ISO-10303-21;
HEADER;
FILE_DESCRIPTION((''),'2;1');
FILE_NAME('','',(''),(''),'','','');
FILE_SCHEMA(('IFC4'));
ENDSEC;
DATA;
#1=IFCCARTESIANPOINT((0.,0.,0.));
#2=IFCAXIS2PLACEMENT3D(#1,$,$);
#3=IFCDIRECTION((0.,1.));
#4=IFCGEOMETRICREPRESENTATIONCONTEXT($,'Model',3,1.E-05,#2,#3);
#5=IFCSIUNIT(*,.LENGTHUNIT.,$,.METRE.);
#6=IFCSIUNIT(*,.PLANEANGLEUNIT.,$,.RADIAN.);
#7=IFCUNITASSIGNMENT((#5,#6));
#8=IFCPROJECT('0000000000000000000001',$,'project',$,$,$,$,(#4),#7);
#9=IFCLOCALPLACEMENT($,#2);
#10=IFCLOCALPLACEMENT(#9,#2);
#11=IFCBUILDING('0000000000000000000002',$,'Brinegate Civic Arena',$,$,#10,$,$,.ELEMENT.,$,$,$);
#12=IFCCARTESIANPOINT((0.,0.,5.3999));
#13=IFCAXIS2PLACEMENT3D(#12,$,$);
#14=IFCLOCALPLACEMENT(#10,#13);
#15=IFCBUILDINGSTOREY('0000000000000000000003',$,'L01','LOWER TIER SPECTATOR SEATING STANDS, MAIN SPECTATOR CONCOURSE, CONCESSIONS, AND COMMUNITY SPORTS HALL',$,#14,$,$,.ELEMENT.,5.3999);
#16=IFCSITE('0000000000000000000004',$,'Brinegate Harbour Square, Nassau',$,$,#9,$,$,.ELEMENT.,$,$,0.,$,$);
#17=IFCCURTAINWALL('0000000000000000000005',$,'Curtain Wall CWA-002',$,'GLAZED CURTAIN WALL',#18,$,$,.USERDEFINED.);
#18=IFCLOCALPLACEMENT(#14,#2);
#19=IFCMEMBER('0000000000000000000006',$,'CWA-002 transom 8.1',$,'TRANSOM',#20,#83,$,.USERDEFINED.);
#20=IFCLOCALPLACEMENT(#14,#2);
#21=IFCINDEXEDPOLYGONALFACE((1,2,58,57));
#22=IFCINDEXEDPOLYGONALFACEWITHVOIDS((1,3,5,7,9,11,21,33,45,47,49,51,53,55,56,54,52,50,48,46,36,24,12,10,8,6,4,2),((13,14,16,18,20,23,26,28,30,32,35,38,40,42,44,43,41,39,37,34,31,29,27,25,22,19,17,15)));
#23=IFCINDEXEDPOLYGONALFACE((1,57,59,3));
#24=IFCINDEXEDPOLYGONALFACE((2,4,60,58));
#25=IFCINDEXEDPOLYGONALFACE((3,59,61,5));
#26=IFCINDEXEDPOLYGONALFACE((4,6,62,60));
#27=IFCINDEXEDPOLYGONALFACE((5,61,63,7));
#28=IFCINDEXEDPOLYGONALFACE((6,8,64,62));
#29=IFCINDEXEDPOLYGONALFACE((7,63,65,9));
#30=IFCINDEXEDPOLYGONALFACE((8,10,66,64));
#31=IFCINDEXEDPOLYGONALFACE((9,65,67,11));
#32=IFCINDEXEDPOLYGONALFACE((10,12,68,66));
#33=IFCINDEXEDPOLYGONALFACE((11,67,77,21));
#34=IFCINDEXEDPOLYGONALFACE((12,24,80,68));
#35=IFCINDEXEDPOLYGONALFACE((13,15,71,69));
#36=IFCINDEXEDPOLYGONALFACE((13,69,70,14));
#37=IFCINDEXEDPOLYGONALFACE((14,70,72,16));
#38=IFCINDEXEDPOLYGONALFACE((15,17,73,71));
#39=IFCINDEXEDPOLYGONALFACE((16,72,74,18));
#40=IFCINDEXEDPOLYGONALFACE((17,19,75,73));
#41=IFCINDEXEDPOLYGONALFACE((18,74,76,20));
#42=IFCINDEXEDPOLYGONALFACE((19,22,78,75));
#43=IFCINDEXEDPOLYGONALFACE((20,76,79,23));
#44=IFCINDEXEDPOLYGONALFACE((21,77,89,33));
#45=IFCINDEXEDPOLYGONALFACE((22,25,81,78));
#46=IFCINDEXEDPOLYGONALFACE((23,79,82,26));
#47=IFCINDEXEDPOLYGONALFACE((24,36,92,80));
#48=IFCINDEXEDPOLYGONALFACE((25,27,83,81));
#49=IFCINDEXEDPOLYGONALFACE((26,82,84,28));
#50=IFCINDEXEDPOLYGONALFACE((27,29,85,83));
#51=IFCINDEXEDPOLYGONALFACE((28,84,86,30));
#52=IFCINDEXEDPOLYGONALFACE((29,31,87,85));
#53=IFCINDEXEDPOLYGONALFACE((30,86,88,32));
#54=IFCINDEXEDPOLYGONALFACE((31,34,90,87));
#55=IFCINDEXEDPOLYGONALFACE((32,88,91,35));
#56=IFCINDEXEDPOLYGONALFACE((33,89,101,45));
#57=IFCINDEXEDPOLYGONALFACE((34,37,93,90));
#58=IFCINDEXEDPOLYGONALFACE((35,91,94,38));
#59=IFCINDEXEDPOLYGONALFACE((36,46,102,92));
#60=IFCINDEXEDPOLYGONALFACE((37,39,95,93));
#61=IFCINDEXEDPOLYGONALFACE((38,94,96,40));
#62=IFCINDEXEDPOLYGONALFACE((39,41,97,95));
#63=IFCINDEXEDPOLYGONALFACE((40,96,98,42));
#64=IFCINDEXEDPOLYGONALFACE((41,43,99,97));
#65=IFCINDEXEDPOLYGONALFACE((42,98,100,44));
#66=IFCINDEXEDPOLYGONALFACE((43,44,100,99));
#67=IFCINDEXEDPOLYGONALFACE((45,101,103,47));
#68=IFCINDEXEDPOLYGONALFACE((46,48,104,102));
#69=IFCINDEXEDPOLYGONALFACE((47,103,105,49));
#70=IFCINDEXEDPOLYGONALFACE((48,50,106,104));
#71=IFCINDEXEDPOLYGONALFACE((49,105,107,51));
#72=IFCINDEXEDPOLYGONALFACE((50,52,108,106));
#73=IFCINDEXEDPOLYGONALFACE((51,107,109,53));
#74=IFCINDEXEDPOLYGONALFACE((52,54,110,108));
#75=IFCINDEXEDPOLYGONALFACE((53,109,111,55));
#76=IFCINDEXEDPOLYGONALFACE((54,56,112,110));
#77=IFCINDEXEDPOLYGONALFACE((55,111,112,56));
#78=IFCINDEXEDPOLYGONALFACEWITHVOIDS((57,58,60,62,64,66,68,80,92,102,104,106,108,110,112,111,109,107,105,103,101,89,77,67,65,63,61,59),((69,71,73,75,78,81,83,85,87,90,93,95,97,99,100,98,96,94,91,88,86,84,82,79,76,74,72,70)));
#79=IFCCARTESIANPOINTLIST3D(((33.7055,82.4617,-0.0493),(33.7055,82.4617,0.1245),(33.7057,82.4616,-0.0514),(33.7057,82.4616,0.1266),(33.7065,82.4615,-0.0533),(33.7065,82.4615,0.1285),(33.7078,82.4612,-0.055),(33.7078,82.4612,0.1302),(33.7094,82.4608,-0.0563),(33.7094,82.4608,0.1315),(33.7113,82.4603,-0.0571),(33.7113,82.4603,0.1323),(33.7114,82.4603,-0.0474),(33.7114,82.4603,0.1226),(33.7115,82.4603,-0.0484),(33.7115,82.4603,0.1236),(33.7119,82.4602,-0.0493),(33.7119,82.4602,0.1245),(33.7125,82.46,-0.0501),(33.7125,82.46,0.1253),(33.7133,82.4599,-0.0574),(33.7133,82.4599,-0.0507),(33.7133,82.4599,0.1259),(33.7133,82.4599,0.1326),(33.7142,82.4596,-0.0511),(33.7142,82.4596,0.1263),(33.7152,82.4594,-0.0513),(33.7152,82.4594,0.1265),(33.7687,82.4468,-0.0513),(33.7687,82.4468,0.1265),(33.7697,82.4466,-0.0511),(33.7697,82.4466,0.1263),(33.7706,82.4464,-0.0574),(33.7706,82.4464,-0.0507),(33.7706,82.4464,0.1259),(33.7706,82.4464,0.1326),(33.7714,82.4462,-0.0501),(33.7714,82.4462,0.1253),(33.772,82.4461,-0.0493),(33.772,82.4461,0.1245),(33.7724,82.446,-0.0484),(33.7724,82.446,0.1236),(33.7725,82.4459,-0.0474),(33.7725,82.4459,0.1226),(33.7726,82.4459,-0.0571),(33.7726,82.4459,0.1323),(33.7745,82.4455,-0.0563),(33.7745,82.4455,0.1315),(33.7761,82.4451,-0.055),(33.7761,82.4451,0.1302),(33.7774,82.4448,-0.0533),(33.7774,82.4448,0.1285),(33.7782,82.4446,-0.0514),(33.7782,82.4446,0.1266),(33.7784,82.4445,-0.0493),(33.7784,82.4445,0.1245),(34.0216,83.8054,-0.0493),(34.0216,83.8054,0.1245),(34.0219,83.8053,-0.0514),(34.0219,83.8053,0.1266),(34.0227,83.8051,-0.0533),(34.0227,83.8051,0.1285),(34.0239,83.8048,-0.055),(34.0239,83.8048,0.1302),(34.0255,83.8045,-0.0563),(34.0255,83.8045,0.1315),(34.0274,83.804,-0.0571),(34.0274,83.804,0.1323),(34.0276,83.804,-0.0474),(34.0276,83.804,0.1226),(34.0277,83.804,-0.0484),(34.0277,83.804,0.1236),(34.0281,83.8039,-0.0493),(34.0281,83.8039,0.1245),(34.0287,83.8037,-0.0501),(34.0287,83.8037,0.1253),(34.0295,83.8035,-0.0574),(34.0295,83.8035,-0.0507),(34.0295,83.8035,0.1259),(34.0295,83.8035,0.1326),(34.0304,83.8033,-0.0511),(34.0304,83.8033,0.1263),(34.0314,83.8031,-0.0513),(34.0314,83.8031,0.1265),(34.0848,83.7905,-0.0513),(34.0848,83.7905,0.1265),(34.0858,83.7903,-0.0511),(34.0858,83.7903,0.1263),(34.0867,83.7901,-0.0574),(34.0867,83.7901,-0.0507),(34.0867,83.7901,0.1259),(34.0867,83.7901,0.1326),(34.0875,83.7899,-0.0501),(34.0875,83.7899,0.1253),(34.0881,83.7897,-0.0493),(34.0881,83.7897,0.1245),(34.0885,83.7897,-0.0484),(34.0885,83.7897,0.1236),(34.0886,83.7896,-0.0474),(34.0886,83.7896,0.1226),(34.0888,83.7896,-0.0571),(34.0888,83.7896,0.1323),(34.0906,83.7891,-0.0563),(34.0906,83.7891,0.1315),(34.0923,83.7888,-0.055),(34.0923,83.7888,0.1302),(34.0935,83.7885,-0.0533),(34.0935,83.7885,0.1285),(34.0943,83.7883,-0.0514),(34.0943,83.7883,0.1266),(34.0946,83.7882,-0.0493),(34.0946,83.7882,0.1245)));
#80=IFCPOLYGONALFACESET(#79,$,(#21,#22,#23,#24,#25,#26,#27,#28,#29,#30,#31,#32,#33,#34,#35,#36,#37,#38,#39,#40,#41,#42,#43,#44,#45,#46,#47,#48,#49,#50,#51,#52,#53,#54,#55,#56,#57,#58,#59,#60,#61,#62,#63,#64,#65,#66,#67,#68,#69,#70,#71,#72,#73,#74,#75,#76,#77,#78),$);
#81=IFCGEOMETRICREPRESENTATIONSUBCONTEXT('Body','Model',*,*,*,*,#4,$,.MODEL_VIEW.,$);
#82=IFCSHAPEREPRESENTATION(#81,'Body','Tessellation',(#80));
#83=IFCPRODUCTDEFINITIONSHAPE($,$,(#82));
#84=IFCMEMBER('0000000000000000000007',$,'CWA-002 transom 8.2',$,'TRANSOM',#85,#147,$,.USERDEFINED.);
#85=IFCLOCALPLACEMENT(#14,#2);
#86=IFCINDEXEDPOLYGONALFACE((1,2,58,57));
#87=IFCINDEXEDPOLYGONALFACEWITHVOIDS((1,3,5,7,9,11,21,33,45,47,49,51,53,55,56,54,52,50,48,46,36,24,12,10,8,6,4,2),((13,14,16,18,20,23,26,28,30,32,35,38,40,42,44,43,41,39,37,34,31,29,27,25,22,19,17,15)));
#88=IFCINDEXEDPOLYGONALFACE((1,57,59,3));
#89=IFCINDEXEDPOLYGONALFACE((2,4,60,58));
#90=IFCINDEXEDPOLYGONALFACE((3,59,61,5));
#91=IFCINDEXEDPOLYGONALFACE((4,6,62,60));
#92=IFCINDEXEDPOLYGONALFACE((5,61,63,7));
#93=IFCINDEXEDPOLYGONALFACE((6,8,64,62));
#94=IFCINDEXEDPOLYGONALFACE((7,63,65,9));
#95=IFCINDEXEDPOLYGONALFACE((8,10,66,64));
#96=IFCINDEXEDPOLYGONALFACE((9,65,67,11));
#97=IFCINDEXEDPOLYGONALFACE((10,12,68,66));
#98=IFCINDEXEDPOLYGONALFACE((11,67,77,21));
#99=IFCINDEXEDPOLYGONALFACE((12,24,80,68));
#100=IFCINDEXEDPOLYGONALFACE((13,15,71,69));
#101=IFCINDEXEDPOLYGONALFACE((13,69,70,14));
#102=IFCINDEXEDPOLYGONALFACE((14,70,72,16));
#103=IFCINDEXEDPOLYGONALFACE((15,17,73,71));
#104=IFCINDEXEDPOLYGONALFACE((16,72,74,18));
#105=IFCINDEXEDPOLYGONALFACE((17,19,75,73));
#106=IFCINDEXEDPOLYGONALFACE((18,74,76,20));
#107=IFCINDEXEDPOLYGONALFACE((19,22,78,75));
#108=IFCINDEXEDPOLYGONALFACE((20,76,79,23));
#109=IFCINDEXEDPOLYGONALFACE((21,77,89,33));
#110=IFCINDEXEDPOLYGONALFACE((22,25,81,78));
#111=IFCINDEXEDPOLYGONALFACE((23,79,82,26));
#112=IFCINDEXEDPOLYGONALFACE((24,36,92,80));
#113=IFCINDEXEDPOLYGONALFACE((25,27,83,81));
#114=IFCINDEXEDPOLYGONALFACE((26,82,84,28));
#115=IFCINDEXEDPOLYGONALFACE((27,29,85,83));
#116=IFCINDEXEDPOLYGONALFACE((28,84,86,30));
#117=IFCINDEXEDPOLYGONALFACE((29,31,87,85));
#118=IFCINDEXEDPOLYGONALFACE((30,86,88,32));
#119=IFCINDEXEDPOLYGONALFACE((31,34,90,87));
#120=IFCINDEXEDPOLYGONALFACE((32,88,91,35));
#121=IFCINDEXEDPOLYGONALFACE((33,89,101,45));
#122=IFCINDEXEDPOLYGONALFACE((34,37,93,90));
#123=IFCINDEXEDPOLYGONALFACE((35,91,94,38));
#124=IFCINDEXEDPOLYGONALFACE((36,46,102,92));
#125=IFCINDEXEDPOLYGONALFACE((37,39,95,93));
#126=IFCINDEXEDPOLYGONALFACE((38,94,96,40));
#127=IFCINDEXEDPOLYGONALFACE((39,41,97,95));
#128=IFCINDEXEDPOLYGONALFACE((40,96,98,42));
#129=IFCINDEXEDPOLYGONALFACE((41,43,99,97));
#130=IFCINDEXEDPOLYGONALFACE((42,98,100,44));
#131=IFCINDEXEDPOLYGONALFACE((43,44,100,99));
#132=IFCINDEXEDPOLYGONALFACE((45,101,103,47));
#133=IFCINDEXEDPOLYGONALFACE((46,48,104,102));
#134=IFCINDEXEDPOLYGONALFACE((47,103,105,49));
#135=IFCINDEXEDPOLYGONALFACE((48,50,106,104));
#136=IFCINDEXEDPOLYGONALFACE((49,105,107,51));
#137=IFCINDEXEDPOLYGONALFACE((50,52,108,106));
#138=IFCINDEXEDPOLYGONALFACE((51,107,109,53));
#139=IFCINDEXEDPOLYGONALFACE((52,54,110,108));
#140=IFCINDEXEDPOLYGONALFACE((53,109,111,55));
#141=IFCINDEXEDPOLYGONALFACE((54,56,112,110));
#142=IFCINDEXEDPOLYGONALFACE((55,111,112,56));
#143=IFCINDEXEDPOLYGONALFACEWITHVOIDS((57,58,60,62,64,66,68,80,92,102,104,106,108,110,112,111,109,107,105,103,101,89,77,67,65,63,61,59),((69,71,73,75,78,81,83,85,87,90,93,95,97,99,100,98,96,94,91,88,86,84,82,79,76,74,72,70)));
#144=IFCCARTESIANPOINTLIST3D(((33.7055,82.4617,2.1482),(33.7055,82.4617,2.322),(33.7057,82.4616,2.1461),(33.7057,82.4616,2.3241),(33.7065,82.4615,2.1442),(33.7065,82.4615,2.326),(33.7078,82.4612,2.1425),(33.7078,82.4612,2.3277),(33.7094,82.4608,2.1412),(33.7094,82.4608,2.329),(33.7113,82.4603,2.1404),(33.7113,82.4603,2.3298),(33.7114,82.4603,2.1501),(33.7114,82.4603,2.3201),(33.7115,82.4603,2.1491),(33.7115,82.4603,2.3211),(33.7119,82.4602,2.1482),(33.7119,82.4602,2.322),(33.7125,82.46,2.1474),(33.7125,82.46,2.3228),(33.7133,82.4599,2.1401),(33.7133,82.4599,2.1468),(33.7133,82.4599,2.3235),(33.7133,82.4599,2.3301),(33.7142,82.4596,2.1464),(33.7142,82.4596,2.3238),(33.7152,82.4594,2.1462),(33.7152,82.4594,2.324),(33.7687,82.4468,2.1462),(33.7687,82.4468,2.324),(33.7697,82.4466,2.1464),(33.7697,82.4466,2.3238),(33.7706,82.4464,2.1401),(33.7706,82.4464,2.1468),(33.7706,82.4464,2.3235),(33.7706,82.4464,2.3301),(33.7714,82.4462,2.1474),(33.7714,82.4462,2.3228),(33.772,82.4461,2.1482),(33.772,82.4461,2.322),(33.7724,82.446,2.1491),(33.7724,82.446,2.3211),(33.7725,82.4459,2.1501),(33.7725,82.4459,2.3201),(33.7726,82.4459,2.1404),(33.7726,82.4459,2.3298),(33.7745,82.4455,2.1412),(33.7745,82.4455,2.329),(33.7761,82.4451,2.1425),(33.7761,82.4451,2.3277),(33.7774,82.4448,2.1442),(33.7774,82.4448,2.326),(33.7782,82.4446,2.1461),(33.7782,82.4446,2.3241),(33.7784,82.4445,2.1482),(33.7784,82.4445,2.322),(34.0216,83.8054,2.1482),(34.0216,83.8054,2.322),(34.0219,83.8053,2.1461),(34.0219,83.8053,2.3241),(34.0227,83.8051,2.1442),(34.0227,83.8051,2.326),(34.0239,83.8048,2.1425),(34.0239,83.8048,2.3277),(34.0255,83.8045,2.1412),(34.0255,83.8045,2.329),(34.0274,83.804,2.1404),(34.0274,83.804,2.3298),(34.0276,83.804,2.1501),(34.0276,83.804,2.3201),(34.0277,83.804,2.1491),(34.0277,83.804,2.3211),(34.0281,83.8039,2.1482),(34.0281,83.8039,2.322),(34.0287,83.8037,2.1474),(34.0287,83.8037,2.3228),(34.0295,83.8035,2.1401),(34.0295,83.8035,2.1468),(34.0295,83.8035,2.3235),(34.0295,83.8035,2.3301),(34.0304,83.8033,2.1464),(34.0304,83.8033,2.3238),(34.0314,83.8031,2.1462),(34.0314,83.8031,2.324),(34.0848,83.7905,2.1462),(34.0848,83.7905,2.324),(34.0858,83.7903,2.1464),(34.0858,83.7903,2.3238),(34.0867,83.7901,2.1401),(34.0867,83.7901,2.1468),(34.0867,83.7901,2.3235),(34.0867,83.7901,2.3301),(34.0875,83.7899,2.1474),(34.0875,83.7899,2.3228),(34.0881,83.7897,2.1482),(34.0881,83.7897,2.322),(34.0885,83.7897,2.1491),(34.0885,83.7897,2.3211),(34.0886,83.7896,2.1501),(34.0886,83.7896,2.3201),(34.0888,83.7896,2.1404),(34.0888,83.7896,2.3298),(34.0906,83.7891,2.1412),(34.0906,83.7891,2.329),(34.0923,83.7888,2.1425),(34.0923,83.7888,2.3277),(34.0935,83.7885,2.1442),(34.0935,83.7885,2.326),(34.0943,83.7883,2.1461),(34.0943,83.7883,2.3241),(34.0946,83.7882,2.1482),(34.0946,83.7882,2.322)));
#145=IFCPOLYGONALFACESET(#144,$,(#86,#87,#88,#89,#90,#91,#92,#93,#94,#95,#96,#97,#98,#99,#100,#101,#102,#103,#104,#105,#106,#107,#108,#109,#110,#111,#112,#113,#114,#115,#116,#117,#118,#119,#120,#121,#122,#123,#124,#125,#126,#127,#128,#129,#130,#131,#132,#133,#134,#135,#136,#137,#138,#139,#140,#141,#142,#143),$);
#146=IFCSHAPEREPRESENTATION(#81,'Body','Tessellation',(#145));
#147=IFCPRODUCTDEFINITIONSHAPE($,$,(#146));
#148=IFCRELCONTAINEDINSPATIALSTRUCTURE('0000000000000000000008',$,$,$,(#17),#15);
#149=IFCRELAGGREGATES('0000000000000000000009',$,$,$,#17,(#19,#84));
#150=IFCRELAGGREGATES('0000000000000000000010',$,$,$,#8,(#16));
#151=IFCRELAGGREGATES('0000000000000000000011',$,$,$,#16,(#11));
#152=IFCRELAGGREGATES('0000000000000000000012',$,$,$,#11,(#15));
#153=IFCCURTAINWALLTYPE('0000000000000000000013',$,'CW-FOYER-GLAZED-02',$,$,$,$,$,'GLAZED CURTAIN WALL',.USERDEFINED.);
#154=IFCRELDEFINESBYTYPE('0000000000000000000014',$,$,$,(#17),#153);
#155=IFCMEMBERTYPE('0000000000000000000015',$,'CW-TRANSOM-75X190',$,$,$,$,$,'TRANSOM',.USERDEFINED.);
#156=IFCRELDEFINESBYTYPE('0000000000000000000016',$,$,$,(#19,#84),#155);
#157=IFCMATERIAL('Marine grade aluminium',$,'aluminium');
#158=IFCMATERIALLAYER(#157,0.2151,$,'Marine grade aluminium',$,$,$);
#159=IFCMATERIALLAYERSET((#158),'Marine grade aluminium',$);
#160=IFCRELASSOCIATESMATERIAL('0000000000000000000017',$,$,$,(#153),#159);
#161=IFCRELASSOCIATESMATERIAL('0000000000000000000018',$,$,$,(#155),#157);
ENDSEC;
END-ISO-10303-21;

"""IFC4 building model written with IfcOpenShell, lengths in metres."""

from ifc_helpers import new_model, si_unit, direction, frame, origin, origin_2d, place, context, subcontext, project, spatial, hollow_rectangle, extrude, material, layer, layer_set, material_profile, profile_set, type_object, element, aggregate, save


model = new_model("IFC4")

# Units and contexts
model_context = context("Model", 3, precision=1e-05, world=origin(), true_north=direction((0.0, 1.0)))
body_context = subcontext(model_context, "Body", "Model", "MODEL_VIEW")
ifc_project = project(units=[si_unit("LENGTHUNIT", "METRE"), si_unit("PLANEANGLEUNIT", "RADIAN")], contexts=[model_context])

# Site, building, storey
site_placement = place(None, origin())
site = spatial("IfcSite", under=ifc_project, at=site_placement, Name="Brinegate Harbour Square, Nassau", CompositionType="ELEMENT", RefElevation=0.0)
building_placement = place(site_placement, origin())
building = spatial("IfcBuilding", under=site, at=building_placement, Name="Brinegate Civic Arena", CompositionType="ELEMENT")
storey_placement = place(building_placement, frame((0.0, 0.0, 5.3999)))
storey = spatial("IfcBuildingStorey", under=building, at=storey_placement, Name="L01", Description="LOWER TIER SPECTATOR SEATING STANDS, MAIN SPECTATOR CONCOURSE, CONCESSIONS, AND COMMUNITY SPORTS HALL", CompositionType="ELEMENT", Elevation=5.3999)

# Curtain wall, members
ifc_material_1 = material(Name="Marine grade aluminium", Category="aluminium")
ifc_layer_1 = layer(ifc_material_1, 0.2151, Name="Marine grade aluminium")
ifc_layer_set_1 = layer_set([ifc_layer_1], Name="Marine grade aluminium")
curtain_wall_type = type_object("IfcCurtainWallType", Name="CW-FOYER-GLAZED-02", ElementType="GLAZED CURTAIN WALL", PredefinedType="USERDEFINED", material=ifc_layer_set_1)
curtain_wall_placement = place(storey_placement, origin())
curtain_wall = element("IfcCurtainWall", 1, at=curtain_wall_placement, inside=storey, type_object=curtain_wall_type, Name="Curtain Wall CWA-002", ObjectType="GLAZED CURTAIN WALL", PredefinedType="USERDEFINED")
ifc_material_profile_1 = material_profile(ifc_material_1, hollow_rectangle(XDim=0.075, YDim=0.1899, WallThickness=0.0061, InnerFilletRadius=0.0039, OuterFilletRadius=0.0081, at=origin_2d()), Name="TRN75X190")
ifc_profile_set_1 = profile_set([ifc_material_profile_1], Name="Marine grade aluminium")
member_type_1 = type_object("IfcMemberType", Name="CW-TRANSOM-75X190", ElementType="TRANSOM", PredefinedType="USERDEFINED", material=ifc_profile_set_1)
member_1_placement = place(storey_placement, frame((33.7419, 82.4531, 0.0376), z_axis=(0.229029, 0.973419, 0.0), x_axis=(-0.973419, 0.229029, 0.0)))
member_1 = element("IfcMember", 2, at=member_1_placement, type_object=member_type_1, Name="CWA-002 transom 8.1", ObjectType="TRANSOM", PredefinedType="USERDEFINED", context=body_context, shape_type="SweptSolid", body=[
    extrude(hollow_rectangle(XDim=0.075, YDim=0.1899, WallThickness=0.0061, InnerFilletRadius=0.0039, OuterFilletRadius=0.0081, at=origin_2d()), origin(), (0.0, 0.0, 1.0), 1.3804),
])
member_2_placement = place(storey_placement, frame((33.7419, 82.4531, 2.2351), z_axis=(0.229029, 0.973419, 0.0), x_axis=(-0.973419, 0.229029, 0.0)))
member_2 = element("IfcMember", 3, at=member_2_placement, type_object=member_type_1, Name="CWA-002 transom 8.2", ObjectType="TRANSOM", PredefinedType="USERDEFINED", context=body_context, shape_type="SweptSolid", body=[
    extrude(hollow_rectangle(XDim=0.075, YDim=0.1899, WallThickness=0.0061, InnerFilletRadius=0.0039, OuterFilletRadius=0.0081, at=origin_2d()), origin(), (0.0, 0.0, 1.0), 1.3804),
])

aggregate(curtain_wall, [member_1, member_2])

save(model, "model.ifc")
